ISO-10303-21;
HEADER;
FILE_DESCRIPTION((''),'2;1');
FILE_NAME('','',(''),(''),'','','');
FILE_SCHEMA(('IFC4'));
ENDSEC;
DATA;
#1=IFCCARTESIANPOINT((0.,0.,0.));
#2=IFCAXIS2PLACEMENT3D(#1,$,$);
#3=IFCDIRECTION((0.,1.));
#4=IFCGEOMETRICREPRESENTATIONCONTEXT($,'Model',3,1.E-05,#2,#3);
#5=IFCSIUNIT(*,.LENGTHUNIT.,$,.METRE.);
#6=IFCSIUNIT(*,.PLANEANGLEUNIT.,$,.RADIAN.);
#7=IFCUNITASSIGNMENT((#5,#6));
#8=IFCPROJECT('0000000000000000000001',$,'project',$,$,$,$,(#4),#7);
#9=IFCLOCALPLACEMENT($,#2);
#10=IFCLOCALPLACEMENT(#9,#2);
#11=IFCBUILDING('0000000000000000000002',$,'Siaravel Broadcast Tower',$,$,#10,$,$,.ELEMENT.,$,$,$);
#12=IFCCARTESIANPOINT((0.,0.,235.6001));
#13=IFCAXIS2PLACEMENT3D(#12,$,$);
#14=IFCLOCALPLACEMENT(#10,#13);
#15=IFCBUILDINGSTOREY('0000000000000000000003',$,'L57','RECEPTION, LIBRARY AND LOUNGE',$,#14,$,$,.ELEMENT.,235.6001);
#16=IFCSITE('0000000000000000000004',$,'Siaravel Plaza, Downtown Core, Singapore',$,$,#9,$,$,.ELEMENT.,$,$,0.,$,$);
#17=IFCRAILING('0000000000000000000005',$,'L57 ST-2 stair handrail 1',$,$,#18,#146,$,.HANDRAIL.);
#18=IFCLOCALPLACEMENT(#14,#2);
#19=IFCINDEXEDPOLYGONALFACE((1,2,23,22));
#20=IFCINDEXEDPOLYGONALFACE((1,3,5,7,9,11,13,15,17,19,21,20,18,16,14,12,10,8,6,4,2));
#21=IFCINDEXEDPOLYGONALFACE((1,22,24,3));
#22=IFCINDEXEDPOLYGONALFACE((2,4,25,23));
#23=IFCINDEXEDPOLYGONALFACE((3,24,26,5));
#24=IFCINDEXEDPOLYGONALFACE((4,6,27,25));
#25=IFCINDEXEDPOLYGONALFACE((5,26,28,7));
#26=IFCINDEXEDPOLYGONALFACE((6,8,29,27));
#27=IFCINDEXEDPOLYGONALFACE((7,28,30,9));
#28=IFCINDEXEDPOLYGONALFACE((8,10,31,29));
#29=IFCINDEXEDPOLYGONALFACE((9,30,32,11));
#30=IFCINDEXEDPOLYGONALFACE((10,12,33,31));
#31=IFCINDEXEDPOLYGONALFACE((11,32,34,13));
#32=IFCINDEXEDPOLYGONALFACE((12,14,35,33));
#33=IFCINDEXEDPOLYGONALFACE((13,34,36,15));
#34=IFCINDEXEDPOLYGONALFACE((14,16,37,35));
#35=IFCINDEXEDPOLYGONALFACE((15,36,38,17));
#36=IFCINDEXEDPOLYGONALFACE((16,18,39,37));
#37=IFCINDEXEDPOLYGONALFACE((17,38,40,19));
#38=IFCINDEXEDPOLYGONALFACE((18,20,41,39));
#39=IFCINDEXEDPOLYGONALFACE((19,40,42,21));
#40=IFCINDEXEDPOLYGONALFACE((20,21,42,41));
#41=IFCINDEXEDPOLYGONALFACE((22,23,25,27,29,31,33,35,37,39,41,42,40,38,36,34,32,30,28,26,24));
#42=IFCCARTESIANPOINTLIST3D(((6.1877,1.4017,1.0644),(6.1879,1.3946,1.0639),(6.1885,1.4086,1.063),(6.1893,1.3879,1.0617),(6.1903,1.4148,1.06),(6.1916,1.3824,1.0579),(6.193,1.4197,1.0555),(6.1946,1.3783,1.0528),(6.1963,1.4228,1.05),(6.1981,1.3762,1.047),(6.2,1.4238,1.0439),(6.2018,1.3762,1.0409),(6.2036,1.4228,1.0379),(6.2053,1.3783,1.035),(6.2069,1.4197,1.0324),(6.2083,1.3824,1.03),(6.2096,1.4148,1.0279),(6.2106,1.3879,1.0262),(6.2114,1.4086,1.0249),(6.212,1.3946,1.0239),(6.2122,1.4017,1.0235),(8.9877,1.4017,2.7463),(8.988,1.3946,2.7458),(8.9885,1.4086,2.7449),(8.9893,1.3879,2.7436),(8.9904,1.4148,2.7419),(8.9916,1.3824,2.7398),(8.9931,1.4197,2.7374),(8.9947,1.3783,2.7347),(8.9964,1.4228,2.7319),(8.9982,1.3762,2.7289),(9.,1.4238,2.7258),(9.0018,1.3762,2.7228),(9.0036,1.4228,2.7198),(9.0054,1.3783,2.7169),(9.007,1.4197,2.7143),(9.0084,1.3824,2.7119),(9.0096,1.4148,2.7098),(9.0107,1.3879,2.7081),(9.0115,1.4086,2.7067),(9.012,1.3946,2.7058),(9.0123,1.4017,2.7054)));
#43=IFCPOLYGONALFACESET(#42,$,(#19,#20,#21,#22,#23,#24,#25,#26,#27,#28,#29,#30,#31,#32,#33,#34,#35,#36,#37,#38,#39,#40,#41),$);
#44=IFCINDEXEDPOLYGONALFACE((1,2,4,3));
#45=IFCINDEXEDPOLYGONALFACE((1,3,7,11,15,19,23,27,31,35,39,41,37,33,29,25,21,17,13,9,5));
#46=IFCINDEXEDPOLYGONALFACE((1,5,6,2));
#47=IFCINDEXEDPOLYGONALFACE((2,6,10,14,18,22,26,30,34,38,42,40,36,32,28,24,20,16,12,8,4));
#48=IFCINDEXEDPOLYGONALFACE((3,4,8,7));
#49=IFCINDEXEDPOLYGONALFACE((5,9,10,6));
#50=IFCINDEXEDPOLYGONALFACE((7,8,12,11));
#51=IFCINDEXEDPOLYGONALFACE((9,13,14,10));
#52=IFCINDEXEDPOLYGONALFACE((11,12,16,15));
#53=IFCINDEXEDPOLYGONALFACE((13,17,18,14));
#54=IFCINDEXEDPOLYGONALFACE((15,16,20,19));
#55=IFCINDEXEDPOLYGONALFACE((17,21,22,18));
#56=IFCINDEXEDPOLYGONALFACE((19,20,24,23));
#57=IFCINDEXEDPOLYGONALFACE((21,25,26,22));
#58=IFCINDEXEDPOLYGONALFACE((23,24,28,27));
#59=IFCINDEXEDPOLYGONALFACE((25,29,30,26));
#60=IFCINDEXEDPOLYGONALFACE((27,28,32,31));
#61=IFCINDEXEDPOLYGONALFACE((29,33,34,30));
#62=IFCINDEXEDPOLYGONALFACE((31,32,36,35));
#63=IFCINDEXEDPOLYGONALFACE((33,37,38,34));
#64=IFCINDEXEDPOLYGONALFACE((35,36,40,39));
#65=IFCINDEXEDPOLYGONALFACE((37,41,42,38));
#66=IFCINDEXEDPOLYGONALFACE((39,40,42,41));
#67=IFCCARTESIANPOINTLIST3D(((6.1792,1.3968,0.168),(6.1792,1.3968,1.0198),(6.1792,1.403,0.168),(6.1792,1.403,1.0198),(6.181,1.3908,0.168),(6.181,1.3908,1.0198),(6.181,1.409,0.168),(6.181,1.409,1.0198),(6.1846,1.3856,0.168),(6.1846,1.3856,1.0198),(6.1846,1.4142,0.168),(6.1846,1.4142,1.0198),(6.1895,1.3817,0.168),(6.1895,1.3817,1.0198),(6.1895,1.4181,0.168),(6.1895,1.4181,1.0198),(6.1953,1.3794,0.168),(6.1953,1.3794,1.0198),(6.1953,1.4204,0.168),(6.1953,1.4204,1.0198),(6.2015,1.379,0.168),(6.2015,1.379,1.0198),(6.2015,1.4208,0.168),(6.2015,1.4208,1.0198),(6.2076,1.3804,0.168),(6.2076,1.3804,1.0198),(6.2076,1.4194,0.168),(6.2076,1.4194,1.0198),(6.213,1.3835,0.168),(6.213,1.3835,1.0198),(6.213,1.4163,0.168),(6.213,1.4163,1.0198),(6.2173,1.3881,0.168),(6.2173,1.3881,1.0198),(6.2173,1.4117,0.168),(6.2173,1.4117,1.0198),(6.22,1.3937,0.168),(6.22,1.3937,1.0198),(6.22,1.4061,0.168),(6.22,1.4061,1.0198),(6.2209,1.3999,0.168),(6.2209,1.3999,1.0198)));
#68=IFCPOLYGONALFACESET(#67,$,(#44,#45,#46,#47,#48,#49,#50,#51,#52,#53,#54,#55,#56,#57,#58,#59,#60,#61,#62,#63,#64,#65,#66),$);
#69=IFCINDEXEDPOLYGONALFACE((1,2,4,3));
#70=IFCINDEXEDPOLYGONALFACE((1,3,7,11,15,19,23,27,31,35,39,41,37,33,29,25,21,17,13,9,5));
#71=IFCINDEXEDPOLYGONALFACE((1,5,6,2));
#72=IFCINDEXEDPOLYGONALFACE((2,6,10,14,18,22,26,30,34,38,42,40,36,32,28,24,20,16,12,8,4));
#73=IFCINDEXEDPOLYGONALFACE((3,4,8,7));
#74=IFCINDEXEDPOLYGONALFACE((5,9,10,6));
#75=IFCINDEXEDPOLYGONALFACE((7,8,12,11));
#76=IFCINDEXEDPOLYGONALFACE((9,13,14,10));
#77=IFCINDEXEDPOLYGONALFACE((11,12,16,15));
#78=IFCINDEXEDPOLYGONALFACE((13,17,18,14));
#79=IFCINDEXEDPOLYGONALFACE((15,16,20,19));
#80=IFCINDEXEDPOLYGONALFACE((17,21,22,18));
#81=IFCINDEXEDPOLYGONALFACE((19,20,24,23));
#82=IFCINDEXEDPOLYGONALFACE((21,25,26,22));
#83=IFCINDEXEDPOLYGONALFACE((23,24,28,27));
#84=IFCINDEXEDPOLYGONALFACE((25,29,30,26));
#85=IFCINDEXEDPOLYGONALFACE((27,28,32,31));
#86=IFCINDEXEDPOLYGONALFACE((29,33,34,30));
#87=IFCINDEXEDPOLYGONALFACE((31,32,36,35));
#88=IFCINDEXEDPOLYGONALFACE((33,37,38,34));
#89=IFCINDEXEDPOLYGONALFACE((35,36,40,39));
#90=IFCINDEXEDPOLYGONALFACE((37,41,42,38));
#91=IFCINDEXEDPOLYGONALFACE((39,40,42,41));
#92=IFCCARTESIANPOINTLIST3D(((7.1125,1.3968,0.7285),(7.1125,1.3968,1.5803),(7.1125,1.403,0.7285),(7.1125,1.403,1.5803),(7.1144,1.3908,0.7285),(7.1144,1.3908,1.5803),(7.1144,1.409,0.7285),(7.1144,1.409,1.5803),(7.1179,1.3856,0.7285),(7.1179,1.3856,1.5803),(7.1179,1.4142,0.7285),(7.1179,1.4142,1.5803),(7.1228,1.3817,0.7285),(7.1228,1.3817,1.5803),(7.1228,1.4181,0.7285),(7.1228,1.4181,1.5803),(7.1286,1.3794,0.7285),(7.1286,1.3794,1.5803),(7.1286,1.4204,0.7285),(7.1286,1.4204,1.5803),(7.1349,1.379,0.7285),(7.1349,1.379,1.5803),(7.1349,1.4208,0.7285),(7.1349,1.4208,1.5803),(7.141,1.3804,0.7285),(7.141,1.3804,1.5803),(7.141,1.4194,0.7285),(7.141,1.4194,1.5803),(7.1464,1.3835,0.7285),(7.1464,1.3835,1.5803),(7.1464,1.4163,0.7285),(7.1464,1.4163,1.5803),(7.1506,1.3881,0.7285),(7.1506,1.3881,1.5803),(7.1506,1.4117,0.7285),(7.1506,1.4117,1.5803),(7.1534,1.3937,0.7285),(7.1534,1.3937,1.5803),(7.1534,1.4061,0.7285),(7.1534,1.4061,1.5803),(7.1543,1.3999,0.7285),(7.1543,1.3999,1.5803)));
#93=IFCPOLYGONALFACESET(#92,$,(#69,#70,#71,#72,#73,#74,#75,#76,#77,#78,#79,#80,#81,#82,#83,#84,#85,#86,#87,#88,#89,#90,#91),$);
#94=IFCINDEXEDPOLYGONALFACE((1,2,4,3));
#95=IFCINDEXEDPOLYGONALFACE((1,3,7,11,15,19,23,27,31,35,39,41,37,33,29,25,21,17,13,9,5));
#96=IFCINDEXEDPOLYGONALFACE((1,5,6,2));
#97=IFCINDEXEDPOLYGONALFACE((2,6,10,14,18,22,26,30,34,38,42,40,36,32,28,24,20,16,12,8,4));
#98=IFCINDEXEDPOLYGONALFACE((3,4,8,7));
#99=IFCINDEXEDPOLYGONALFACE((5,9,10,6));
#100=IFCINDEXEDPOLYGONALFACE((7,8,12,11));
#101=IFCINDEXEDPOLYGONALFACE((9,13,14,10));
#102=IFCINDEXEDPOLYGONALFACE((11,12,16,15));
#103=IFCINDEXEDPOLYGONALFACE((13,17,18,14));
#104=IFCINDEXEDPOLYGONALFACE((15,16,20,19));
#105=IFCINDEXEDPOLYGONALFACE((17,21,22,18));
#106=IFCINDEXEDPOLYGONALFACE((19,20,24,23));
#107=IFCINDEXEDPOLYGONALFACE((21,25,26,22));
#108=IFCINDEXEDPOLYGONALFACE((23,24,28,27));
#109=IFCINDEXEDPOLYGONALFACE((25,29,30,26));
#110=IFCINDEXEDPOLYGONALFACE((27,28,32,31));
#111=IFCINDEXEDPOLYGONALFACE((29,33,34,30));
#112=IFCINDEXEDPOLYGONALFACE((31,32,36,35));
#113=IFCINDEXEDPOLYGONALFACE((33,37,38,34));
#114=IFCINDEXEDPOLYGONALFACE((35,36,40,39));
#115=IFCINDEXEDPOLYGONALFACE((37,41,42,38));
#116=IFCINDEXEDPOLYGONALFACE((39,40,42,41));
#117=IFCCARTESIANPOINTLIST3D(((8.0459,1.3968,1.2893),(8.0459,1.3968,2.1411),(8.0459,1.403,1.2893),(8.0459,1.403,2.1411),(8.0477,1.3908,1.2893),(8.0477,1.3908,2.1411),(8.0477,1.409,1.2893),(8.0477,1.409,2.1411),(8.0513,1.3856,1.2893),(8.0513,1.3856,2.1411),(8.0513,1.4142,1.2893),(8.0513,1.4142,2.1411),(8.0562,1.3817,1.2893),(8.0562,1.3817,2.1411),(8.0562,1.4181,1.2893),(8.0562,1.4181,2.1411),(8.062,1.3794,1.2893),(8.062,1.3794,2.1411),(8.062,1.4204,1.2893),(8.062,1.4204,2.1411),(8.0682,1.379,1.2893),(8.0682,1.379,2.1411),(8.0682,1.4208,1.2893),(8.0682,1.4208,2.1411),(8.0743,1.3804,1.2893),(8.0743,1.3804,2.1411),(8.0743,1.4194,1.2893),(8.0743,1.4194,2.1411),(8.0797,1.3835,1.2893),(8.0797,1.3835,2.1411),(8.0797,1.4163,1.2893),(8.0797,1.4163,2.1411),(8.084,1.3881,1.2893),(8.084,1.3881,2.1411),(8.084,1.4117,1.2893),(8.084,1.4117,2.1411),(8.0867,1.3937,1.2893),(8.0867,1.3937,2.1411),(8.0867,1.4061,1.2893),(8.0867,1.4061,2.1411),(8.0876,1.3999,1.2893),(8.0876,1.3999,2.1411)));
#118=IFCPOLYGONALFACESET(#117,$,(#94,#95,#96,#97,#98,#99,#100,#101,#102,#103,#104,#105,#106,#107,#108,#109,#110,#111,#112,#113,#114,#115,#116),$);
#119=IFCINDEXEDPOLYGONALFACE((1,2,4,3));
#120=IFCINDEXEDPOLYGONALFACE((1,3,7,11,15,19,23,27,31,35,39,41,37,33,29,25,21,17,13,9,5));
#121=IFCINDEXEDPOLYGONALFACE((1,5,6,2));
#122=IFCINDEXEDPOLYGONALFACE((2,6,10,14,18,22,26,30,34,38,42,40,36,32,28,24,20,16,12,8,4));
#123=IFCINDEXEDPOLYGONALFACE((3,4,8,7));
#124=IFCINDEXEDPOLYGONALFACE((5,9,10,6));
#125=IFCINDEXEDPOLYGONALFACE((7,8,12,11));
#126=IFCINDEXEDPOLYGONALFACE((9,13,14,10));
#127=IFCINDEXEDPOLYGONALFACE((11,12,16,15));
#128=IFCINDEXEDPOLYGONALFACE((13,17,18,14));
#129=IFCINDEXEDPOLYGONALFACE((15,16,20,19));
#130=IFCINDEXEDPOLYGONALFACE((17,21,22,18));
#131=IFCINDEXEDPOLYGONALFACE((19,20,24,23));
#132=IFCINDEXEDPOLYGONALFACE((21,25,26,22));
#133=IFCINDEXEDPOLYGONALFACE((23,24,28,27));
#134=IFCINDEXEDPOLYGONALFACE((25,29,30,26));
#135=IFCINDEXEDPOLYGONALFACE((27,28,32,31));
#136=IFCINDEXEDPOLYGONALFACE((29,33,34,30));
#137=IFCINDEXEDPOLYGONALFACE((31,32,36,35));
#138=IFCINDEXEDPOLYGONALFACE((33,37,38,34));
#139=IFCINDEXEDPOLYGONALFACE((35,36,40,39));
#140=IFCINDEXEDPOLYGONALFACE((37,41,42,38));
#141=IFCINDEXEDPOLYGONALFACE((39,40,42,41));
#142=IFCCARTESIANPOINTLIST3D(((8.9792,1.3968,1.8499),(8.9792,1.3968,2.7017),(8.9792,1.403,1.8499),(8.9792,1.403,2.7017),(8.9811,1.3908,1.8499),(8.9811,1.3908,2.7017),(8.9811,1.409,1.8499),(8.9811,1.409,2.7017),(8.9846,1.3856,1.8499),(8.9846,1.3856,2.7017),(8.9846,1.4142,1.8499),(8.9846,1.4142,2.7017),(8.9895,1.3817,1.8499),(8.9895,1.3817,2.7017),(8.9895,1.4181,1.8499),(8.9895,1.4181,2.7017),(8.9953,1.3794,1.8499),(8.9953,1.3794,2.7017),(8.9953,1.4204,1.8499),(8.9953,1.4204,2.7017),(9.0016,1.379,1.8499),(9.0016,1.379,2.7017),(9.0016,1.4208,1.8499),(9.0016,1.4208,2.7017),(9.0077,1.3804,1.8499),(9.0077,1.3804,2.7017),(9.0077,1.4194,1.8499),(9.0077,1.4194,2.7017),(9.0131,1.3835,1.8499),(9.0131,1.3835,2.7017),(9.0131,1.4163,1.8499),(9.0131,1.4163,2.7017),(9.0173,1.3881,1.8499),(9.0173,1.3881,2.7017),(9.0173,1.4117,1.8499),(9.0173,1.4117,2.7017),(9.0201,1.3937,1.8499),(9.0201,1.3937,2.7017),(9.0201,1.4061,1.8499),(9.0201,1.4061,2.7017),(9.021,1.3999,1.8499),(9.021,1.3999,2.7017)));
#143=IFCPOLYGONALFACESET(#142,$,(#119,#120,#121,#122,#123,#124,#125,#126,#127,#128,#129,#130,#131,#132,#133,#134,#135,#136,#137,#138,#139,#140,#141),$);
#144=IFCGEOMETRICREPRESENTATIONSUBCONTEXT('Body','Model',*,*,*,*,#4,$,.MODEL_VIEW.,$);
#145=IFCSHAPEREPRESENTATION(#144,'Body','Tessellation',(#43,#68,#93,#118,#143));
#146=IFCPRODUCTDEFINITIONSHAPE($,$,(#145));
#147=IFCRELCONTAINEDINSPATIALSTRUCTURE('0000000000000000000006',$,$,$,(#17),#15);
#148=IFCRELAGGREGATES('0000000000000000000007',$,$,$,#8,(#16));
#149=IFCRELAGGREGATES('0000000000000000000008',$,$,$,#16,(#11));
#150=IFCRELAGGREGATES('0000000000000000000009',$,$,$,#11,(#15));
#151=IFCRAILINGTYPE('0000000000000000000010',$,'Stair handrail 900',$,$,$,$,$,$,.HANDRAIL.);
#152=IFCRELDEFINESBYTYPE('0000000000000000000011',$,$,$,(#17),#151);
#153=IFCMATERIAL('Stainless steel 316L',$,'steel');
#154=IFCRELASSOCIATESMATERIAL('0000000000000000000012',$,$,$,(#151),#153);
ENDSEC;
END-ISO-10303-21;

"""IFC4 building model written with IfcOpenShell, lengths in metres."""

from ifc_helpers import new_model, si_unit, direction, frame, origin, origin_2d, place, context, subcontext, project, spatial, circle, extrude, material, type_object, element, save


model = new_model("IFC4")

# Units and contexts
model_context = context("Model", 3, precision=1e-05, world=origin(), true_north=direction((0.0, 1.0)))
body_context = subcontext(model_context, "Body", "Model", "MODEL_VIEW")
ifc_project = project(units=[si_unit("LENGTHUNIT", "METRE"), si_unit("PLANEANGLEUNIT", "RADIAN")], contexts=[model_context])

# Site, building, storey
site_placement = place(None, origin())
site = spatial("IfcSite", under=ifc_project, at=site_placement, Name="Siaravel Plaza, Downtown Core, Singapore", CompositionType="ELEMENT", RefElevation=0.0)
building_placement = place(site_placement, origin())
building = spatial("IfcBuilding", under=site, at=building_placement, Name="Siaravel Broadcast Tower", CompositionType="ELEMENT")
storey_placement = place(building_placement, frame((0.0, 0.0, 235.6001)))
storey = spatial("IfcBuildingStorey", under=building, at=storey_placement, Name="L57", Description="RECEPTION, LIBRARY AND LOUNGE", CompositionType="ELEMENT", Elevation=235.6001)

# Railing
ifc_material_1 = material(Name="Stainless steel 316L", Category="steel")
railing_type_1 = type_object("IfcRailingType", Name="Stair handrail 900", PredefinedType="HANDRAIL", material=ifc_material_1)
railing_1_placement = place(storey_placement, frame((6.2, 1.3999, 0.168)))
element("IfcRailing", 1, at=railing_1_placement, inside=storey, type_object=railing_type_1, Name="L57 ST-2 stair handrail 1", PredefinedType="HANDRAIL", context=body_context, shape_type="SweptSolid", body=[
    extrude(circle(Radius=0.0239, at=origin_2d()), frame((0.0, 0.0, 0.876), z_axis=(0.857242, 0.0, 0.514913), x_axis=(0.0, 1.0, 0.0)), (0.0, 0.0, 1.0), 3.2664),
    extrude(circle(Radius=0.021, at=origin_2d()), origin(), (0.0, 0.0, 1.0), 0.8518),
    extrude(circle(Radius=0.021, at=origin_2d()), frame((0.9333, 0.0, 0.5605)), (0.0, 0.0, 1.0), 0.8518),
    extrude(circle(Radius=0.021, at=origin_2d()), frame((1.8667, 0.0, 1.1213)), (0.0, 0.0, 1.0), 0.8518),
    extrude(circle(Radius=0.021, at=origin_2d()), frame((2.8, 0.0, 1.6819)), (0.0, 0.0, 1.0), 0.8518),
])

save(model, "model.ifc")
